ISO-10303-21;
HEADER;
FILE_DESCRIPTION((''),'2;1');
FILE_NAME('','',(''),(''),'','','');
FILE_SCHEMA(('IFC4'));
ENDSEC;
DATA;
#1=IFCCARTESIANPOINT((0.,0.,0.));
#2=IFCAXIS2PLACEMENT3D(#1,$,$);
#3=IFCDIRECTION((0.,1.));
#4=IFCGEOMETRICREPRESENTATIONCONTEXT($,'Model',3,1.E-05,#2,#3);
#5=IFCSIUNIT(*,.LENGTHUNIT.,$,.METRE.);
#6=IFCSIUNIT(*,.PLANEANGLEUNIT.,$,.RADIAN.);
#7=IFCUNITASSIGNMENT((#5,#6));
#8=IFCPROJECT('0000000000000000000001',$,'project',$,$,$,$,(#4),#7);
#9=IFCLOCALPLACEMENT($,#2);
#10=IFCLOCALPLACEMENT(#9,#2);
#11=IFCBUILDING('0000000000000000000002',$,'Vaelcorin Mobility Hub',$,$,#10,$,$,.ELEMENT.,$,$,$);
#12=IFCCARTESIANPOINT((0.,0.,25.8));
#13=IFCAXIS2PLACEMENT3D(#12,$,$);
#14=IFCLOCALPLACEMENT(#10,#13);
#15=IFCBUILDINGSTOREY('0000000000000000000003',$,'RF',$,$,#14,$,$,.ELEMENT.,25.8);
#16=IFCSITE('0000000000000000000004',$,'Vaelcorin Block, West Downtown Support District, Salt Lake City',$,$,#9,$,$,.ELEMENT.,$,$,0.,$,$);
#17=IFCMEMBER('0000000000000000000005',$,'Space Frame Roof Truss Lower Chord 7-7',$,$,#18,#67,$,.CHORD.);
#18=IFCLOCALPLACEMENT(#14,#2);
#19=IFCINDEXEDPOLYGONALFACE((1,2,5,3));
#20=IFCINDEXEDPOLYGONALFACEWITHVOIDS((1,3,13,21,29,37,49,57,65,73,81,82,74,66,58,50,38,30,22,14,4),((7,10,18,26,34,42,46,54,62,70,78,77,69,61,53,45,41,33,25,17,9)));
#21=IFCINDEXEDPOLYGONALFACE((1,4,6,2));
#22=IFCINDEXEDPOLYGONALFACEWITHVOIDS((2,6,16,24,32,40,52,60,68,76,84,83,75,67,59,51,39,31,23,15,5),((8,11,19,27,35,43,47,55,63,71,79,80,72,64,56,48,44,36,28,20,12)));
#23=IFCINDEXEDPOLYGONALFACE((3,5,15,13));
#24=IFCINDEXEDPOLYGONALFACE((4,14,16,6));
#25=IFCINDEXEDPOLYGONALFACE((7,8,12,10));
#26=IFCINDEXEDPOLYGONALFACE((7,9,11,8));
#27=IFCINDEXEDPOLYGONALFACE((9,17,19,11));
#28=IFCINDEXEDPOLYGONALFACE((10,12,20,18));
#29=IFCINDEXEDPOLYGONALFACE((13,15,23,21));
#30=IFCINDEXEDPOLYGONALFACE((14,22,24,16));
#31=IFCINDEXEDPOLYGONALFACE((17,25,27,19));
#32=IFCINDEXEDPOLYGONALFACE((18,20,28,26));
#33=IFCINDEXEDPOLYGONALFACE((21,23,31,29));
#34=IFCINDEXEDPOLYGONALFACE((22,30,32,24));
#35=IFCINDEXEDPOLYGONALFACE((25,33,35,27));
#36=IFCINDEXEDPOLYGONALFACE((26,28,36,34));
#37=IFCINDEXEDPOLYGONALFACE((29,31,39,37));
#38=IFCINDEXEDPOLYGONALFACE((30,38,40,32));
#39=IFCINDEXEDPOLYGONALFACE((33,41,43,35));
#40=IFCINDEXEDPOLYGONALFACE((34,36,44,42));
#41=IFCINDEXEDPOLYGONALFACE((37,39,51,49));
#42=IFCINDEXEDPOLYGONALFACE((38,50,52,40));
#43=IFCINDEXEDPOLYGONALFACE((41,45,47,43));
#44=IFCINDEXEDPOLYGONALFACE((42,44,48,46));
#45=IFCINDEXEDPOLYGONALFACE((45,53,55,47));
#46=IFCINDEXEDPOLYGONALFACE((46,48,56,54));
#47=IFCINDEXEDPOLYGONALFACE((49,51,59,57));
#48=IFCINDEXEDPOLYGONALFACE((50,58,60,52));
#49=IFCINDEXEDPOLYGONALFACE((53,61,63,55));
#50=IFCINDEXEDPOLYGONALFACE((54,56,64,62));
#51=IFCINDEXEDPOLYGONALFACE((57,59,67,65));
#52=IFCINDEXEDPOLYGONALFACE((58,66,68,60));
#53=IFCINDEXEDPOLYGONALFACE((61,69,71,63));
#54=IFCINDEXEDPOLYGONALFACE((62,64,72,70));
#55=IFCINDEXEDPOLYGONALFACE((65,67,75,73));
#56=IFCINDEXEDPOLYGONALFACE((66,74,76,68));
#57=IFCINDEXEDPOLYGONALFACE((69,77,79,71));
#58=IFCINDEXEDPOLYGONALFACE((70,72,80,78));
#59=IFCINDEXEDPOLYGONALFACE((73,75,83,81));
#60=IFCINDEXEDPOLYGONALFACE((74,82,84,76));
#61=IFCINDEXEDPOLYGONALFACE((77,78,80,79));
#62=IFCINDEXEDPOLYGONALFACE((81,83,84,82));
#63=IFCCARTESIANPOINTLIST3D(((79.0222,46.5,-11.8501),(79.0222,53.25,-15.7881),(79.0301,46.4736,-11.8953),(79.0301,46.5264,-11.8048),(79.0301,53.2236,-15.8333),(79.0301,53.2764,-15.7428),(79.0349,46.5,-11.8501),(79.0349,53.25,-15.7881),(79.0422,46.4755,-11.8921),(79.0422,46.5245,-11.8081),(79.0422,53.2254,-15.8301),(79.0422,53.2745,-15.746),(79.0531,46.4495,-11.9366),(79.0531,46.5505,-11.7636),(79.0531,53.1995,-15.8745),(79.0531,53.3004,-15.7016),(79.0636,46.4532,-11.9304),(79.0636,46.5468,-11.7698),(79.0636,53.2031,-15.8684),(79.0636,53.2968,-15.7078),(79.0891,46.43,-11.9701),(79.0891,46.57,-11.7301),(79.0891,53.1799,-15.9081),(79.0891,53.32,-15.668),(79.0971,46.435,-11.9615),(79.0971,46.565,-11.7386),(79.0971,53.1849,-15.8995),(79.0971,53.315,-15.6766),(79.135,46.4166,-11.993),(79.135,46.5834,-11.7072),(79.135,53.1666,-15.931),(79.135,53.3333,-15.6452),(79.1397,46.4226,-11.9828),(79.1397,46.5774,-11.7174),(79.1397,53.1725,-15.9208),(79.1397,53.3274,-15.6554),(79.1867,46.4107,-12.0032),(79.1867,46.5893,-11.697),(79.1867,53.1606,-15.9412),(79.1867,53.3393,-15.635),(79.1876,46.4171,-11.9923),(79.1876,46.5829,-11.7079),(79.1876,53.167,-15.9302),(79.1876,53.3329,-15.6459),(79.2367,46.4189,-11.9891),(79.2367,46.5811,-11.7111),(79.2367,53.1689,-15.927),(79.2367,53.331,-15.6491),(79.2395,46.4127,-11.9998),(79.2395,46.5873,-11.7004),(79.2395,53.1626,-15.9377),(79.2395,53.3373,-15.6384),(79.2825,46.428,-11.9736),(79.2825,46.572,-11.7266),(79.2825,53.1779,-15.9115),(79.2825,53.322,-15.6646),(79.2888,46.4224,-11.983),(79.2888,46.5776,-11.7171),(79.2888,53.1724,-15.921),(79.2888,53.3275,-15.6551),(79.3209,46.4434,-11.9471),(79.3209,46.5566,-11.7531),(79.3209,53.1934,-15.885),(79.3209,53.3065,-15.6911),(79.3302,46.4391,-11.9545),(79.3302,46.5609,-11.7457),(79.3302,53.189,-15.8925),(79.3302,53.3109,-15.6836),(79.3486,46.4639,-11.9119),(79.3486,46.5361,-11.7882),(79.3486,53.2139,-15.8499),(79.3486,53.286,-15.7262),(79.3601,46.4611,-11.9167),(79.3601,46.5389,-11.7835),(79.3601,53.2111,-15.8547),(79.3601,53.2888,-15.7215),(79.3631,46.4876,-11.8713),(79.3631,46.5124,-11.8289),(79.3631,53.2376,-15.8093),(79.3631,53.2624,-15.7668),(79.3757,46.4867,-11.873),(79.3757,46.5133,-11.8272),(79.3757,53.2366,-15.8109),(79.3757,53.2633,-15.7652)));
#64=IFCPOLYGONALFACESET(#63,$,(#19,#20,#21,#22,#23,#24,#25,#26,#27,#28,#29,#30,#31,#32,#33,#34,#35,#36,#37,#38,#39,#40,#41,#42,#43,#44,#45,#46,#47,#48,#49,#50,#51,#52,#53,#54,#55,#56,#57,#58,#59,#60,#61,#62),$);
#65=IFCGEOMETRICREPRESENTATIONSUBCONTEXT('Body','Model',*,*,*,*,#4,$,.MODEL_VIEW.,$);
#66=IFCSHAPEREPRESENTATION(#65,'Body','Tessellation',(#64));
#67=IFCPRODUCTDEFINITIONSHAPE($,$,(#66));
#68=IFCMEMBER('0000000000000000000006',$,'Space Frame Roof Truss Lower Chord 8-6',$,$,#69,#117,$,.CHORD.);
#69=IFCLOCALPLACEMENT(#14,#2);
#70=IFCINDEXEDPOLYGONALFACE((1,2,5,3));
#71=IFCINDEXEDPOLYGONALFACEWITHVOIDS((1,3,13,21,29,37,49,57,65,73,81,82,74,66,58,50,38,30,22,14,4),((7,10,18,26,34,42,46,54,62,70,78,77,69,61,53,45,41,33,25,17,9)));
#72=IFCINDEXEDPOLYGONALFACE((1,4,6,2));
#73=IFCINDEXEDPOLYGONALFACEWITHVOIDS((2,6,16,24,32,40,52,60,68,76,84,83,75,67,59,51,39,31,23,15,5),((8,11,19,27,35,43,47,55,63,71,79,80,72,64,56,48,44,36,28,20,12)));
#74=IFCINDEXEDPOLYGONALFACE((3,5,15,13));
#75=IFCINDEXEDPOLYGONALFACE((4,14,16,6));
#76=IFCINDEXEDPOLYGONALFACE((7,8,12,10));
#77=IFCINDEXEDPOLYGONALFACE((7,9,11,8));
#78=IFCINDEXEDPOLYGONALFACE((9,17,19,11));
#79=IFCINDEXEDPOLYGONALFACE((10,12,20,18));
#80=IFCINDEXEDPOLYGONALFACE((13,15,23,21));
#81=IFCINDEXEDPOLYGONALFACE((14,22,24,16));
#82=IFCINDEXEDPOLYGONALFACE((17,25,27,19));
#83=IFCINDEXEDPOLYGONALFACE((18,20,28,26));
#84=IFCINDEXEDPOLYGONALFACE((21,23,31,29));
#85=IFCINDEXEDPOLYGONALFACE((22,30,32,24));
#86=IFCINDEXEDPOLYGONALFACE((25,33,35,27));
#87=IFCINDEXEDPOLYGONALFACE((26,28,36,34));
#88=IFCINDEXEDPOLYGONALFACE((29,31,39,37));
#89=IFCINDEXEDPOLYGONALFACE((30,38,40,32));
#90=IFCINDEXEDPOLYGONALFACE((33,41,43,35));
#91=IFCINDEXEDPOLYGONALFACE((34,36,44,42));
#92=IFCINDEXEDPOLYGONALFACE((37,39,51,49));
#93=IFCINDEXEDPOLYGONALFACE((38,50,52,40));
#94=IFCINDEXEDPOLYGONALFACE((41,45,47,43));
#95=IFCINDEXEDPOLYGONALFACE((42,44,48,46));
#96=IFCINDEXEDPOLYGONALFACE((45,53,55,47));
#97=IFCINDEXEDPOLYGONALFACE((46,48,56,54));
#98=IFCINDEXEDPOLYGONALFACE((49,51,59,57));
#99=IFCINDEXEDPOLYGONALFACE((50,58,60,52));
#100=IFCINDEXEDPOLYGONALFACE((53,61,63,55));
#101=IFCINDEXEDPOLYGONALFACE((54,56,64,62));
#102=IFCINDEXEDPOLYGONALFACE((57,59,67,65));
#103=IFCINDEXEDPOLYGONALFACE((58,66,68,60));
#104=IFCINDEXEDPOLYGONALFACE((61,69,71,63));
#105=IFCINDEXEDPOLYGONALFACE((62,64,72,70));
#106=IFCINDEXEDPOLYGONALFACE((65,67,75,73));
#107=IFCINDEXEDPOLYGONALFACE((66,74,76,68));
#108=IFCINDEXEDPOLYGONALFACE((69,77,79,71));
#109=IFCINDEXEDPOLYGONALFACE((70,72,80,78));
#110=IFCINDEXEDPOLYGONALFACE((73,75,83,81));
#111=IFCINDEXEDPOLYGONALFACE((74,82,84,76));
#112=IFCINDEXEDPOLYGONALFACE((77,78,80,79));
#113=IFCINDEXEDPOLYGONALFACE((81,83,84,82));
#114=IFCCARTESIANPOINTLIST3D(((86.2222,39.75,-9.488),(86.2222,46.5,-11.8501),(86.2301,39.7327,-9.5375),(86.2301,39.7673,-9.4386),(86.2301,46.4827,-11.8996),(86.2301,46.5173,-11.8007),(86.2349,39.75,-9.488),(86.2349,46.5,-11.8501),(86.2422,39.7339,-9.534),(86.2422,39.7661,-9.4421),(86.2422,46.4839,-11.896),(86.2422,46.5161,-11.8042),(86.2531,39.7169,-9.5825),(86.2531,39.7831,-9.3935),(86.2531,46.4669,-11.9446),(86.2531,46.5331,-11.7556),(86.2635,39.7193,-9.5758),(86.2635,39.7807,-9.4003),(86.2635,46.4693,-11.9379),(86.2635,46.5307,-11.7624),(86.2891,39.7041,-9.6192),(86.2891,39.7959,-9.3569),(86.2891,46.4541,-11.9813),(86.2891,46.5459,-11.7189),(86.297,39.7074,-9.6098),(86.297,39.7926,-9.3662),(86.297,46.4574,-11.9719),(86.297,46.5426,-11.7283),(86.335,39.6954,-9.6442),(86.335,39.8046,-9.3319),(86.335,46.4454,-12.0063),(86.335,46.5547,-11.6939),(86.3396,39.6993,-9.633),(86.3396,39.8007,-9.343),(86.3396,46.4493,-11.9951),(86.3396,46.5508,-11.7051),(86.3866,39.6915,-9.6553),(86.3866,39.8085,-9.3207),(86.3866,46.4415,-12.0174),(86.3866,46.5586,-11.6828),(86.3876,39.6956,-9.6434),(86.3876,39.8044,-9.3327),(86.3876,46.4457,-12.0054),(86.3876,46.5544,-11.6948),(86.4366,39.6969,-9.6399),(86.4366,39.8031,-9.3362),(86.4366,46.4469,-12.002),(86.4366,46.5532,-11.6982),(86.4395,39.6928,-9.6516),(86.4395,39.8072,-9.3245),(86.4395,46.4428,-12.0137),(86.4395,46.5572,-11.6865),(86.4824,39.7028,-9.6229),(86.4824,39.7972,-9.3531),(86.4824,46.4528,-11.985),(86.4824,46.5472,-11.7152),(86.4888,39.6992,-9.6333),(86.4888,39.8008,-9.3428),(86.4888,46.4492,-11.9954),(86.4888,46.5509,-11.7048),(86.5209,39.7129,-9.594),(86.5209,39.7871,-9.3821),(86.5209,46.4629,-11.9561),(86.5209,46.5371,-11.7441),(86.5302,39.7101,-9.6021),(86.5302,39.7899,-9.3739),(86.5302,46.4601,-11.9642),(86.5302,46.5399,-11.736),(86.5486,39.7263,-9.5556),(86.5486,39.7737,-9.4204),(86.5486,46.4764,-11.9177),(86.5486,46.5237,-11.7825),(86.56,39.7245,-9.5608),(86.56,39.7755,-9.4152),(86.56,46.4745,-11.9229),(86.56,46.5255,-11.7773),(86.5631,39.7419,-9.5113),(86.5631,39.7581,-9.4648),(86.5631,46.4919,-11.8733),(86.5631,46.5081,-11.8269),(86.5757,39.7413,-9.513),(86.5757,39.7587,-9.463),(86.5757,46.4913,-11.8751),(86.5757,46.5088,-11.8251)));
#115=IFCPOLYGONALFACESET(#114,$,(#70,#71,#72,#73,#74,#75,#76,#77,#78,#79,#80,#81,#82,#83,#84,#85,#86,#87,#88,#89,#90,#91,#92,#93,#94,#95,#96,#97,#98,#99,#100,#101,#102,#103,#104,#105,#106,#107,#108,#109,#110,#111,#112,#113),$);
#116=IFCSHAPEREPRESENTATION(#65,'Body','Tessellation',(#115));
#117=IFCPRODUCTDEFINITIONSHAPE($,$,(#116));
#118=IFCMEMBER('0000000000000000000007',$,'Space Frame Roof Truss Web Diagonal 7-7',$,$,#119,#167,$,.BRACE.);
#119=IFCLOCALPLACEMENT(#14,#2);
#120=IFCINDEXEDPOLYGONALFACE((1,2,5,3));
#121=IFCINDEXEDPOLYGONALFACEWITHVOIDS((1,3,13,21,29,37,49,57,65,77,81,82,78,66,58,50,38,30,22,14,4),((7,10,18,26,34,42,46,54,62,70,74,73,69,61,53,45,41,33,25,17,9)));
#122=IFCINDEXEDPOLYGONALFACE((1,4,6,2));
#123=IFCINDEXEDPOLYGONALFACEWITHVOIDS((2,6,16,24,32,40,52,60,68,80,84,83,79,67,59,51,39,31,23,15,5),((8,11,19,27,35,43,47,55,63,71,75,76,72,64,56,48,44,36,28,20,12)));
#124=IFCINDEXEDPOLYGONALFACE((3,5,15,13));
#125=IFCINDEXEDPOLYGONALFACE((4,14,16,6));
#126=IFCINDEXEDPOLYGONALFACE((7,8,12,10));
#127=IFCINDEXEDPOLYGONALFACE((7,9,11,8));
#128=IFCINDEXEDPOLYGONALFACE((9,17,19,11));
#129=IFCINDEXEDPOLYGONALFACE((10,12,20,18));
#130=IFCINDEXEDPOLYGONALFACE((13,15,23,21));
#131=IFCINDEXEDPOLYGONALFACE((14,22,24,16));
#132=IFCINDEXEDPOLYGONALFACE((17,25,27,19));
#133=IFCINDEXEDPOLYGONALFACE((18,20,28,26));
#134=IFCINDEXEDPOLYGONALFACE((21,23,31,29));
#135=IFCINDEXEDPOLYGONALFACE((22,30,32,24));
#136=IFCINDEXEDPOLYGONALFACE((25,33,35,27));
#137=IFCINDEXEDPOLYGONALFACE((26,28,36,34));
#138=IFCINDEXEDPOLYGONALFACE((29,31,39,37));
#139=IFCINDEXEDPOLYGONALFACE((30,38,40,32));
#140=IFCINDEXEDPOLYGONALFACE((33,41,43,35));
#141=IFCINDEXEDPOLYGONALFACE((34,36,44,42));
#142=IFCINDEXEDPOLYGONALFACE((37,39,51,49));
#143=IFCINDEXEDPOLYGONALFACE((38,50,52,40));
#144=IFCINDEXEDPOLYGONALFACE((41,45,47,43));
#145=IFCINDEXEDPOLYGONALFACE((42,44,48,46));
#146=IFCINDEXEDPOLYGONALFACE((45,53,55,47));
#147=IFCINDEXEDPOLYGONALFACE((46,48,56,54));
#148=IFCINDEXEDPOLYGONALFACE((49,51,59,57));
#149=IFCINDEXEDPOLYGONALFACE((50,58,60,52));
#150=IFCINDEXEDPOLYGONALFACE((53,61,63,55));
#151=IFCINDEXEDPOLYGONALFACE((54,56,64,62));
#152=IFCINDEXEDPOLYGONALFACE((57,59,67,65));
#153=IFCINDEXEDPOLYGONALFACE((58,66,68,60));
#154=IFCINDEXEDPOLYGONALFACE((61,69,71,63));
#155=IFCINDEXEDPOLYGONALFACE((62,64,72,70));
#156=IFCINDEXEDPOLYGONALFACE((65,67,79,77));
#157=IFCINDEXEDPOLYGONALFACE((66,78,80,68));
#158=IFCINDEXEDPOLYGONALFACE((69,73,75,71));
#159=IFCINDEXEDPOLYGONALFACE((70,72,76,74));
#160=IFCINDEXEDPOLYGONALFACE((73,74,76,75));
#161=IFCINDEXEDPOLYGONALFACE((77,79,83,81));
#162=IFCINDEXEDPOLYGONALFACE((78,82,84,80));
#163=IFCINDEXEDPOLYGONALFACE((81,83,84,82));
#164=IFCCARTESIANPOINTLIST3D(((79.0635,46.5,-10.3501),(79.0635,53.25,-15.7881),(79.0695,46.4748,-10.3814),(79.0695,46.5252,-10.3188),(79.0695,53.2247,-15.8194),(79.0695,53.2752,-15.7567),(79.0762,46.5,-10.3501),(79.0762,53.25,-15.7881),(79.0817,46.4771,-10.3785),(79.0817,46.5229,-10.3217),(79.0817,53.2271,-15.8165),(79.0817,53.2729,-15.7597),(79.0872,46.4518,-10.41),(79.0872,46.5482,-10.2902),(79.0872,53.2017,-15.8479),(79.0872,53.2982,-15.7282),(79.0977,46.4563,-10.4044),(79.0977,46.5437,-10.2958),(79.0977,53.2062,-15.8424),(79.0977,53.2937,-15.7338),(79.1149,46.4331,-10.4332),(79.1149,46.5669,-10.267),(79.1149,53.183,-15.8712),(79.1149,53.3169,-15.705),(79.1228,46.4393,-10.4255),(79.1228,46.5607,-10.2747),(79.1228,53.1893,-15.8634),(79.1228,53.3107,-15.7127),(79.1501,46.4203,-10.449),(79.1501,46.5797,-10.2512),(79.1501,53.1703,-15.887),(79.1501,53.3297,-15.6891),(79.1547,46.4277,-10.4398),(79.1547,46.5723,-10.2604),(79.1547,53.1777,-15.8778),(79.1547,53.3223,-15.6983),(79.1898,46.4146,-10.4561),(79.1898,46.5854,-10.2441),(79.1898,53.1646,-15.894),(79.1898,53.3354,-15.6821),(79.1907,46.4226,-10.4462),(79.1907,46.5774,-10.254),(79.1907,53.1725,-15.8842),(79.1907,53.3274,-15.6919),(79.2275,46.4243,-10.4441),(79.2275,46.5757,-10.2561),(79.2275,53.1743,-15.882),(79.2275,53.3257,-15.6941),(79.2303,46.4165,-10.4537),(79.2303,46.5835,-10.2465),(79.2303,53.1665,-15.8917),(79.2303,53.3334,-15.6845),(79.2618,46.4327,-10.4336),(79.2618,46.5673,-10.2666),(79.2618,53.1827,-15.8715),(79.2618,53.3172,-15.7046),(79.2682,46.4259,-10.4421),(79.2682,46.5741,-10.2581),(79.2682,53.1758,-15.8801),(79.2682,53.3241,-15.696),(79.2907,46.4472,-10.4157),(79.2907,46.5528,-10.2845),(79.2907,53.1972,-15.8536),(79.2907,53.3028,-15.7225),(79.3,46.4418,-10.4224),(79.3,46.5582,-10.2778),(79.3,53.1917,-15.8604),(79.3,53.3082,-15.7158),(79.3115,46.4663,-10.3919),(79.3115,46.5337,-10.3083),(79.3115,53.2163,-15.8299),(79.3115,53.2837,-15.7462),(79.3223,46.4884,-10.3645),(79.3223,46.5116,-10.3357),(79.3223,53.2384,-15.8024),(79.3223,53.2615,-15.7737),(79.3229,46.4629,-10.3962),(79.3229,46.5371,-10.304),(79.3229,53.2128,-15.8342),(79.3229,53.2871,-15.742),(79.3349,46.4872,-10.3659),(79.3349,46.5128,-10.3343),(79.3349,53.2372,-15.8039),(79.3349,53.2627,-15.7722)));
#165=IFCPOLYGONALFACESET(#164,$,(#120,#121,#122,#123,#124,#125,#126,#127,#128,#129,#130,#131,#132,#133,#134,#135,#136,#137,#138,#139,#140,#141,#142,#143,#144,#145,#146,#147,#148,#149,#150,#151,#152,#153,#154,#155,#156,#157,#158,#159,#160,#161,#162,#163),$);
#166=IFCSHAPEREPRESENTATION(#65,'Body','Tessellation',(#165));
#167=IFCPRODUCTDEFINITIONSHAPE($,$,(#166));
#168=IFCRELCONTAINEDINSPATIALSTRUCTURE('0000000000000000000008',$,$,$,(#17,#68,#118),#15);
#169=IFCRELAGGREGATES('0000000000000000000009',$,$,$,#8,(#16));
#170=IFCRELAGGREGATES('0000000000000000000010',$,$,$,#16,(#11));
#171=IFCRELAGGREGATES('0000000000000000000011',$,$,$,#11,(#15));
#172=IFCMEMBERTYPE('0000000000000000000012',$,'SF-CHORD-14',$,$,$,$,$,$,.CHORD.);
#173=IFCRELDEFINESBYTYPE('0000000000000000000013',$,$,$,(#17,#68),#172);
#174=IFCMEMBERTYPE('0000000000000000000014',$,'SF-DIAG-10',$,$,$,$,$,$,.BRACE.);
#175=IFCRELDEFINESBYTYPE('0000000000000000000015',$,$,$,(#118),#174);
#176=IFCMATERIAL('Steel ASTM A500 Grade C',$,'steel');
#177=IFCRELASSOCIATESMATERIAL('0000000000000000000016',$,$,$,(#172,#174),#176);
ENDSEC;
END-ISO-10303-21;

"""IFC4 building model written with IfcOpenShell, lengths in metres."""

from ifc_helpers import new_model, si_unit, direction, frame, origin, origin_2d, place, context, subcontext, project, spatial, hollow_circle, extrude, material, material_profile, profile_set, type_object, element, save


model = new_model("IFC4")

# Units and contexts
model_context = context("Model", 3, precision=1e-05, world=origin(), true_north=direction((0.0, 1.0)))
body_context = subcontext(model_context, "Body", "Model", "MODEL_VIEW")
ifc_project = project(units=[si_unit("LENGTHUNIT", "METRE"), si_unit("PLANEANGLEUNIT", "RADIAN")], contexts=[model_context])

# Site, building, storey
site_placement = place(None, origin())
site = spatial("IfcSite", under=ifc_project, at=site_placement, Name="Vaelcorin Block, West Downtown Support District, Salt Lake City", CompositionType="ELEMENT", RefElevation=0.0)
building_placement = place(site_placement, origin())
building = spatial("IfcBuilding", under=site, at=building_placement, Name="Vaelcorin Mobility Hub", CompositionType="ELEMENT")
storey_placement = place(building_placement, frame((0.0, 0.0, 25.8)))
storey = spatial("IfcBuildingStorey", under=building, at=storey_placement, Name="RF", CompositionType="ELEMENT", Elevation=25.8)

# Members
ifc_material_1 = material(Name="Steel ASTM A500 Grade C", Category="steel")
ifc_material_profile_1 = material_profile(ifc_material_1, hollow_circle(Radius=0.1777, WallThickness=0.0127, at=origin_2d()), Name="HSS14.000X0.500")
ifc_profile_set_1 = profile_set([ifc_material_profile_1], Name="Steel ASTM A500 Grade C")
member_type_1 = type_object("IfcMemberType", Name="SF-CHORD-14", PredefinedType="CHORD", material=ifc_profile_set_1)
member_1_placement = place(storey_placement, frame((79.2, 46.5, -11.8501), z_axis=(0.0, 0.863752, -0.503918), x_axis=(-1.0, 0.0, 0.0)))
element("IfcMember", 1, at=member_1_placement, inside=storey, type_object=member_type_1, Name="Space Frame Roof Truss Lower Chord 7-7", PredefinedType="CHORD", context=body_context, shape_type="SweptSolid", body=[
    extrude(hollow_circle(Radius=0.1777, WallThickness=0.0127, at=origin_2d()), origin(), (0.0, 0.0, 1.0), 7.8147),
])
member_2_placement = place(storey_placement, frame((86.3999, 39.75, -9.488), z_axis=(0.0, 0.943878, -0.330296), x_axis=(-1.0, 0.0, 0.0)))
element("IfcMember", 2, at=member_2_placement, inside=storey, type_object=member_type_1, Name="Space Frame Roof Truss Lower Chord 8-6", PredefinedType="CHORD", context=body_context, shape_type="SweptSolid", body=[
    extrude(hollow_circle(Radius=0.1777, WallThickness=0.0127, at=origin_2d()), origin(), (0.0, 0.0, 1.0), 7.1514),
])
ifc_material_profile_2 = material_profile(ifc_material_1, hollow_circle(Radius=0.1365, WallThickness=0.0127, at=origin_2d()), Name="HSS10.750X0.500")
ifc_profile_set_2 = profile_set([ifc_material_profile_2], Name="Steel ASTM A500 Grade C")
member_type_2 = type_object("IfcMemberType", Name="SF-DIAG-10", PredefinedType="BRACE", material=ifc_profile_set_2)
member_3_placement = place(storey_placement, frame((79.2, 46.5, -10.3501), z_axis=(0.0, 0.778726, -0.627364), x_axis=(-1.0, 0.0, 0.0)))
element("IfcMember", 3, at=member_3_placement, inside=storey, type_object=member_type_2, Name="Space Frame Roof Truss Web Diagonal 7-7", PredefinedType="BRACE", context=body_context, shape_type="SweptSolid", body=[
    extrude(hollow_circle(Radius=0.1365, WallThickness=0.0127, at=origin_2d()), origin(), (0.0, 0.0, 1.0), 8.668),
])

save(model, "model.ifc")
